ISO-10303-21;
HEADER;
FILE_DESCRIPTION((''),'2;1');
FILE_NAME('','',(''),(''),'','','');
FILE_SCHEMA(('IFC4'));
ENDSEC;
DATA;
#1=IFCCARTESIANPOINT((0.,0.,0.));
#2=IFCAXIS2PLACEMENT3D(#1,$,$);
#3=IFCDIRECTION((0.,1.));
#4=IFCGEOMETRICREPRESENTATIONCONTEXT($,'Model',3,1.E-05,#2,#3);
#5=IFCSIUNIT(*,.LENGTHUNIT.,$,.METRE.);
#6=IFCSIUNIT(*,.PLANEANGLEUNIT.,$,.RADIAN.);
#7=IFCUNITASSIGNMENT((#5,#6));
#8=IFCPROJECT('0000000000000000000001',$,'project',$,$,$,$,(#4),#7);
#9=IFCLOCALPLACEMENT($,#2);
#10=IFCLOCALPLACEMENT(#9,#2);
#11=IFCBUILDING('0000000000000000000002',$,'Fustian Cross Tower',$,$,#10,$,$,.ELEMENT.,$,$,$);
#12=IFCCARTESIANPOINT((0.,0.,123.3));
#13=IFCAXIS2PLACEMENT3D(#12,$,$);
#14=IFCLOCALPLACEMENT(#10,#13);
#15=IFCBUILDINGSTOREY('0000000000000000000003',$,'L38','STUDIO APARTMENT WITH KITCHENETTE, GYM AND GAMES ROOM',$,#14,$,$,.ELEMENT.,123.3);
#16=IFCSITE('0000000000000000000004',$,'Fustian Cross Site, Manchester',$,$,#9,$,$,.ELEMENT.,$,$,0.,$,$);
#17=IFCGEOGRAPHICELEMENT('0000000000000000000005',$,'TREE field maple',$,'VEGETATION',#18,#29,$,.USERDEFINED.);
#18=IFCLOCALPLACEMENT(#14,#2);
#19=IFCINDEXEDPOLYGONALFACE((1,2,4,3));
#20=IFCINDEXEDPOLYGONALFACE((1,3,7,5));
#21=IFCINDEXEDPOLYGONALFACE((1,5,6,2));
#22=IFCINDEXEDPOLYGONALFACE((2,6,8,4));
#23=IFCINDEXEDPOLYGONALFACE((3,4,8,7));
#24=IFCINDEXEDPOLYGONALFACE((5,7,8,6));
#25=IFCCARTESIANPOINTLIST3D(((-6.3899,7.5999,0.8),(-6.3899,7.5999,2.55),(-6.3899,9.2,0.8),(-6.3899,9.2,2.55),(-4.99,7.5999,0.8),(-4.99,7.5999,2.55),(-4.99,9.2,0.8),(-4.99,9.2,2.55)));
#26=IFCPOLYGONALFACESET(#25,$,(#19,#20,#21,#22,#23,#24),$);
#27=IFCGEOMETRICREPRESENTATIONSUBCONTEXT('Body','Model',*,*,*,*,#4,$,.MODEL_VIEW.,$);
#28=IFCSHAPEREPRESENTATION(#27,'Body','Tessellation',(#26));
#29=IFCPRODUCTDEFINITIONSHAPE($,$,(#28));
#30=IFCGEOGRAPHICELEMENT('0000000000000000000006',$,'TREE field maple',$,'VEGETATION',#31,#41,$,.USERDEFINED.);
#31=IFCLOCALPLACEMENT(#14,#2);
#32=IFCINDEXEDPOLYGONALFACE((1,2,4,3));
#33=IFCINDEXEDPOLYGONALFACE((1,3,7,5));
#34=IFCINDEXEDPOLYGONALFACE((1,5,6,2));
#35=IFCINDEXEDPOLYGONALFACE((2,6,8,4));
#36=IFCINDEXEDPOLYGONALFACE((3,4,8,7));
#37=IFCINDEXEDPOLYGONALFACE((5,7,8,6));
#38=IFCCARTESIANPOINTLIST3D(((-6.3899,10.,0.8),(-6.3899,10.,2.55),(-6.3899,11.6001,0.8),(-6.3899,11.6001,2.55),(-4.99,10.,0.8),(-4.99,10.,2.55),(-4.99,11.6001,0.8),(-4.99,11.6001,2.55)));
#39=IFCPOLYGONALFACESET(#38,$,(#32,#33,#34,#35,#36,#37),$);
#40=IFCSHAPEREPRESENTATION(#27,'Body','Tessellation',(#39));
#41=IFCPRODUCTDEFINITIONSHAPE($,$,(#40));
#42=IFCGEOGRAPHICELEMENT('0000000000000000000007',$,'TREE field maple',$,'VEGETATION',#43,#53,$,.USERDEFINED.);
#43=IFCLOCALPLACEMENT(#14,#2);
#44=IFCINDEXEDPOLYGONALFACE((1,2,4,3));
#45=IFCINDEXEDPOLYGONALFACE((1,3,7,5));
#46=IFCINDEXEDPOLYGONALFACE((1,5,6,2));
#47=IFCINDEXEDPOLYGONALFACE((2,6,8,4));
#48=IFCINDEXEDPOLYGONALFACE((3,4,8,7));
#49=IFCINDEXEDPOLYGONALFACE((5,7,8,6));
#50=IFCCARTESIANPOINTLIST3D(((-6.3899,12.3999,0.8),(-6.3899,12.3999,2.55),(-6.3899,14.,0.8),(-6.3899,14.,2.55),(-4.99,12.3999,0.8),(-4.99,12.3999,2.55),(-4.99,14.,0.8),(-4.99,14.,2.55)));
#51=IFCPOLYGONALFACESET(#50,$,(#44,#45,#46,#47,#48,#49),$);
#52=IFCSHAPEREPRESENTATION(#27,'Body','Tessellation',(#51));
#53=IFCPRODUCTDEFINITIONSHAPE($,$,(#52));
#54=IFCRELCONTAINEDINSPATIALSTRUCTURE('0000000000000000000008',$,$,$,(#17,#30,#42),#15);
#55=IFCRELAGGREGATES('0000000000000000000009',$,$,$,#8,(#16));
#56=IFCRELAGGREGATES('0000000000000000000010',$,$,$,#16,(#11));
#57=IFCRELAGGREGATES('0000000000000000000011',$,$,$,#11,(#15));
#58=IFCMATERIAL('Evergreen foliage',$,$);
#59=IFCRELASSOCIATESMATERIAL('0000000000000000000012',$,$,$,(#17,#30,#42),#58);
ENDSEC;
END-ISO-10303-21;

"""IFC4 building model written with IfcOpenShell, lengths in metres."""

from ifc_helpers import new_model, si_unit, direction, frame, origin, origin_2d, place, context, subcontext, project, spatial, rectangle, extrude, material, element, save


model = new_model("IFC4")

# Units and contexts
model_context = context("Model", 3, precision=1e-05, world=origin(), true_north=direction((0.0, 1.0)))
body_context = subcontext(model_context, "Body", "Model", "MODEL_VIEW")
ifc_project = project(units=[si_unit("LENGTHUNIT", "METRE"), si_unit("PLANEANGLEUNIT", "RADIAN")], contexts=[model_context])

# Site, building, storey
site_placement = place(None, origin())
site = spatial("IfcSite", under=ifc_project, at=site_placement, Name="Fustian Cross Site, Manchester", CompositionType="ELEMENT", RefElevation=0.0)
building_placement = place(site_placement, origin())
building = spatial("IfcBuilding", under=site, at=building_placement, Name="Fustian Cross Tower", CompositionType="ELEMENT")
storey_placement = place(building_placement, frame((0.0, 0.0, 123.3)))
storey = spatial("IfcBuildingStorey", under=building, at=storey_placement, Name="L38", Description="STUDIO APARTMENT WITH KITCHENETTE, GYM AND GAMES ROOM", CompositionType="ELEMENT", Elevation=123.3)

# Geographic elements
ifc_material_1 = material(Name="Evergreen foliage")
for number, where, z_axis, x_axis, name in (
    (1, (-5.6899, 8.3999, 0.8), (0.0, 0.0, 1.0), (1.0, 0.0, 0.0), "TREE field maple"),
    (2, (-5.6899, 10.8, 0.8), (0.0, 0.0, 1.0), (1.0, 0.0, 0.0), "TREE field maple"),
    (3, (-5.6899, 13.2, 0.8), (0.0, 0.0, 1.0), (1.0, 0.0, 0.0), "TREE field maple"),
):
    element("IfcGeographicElement", number, at=place(storey_placement, frame(where, z_axis=z_axis, x_axis=x_axis)), inside=storey, material=ifc_material_1, Name=name, ObjectType="VEGETATION", PredefinedType="USERDEFINED", context=body_context, shape_type="SweptSolid", body=[
        extrude(rectangle(XDim=1.3999, YDim=1.6001, at=origin_2d()), origin(), (0.0, 0.0, 1.0), 1.75),
    ])

save(model, "model.ifc")
